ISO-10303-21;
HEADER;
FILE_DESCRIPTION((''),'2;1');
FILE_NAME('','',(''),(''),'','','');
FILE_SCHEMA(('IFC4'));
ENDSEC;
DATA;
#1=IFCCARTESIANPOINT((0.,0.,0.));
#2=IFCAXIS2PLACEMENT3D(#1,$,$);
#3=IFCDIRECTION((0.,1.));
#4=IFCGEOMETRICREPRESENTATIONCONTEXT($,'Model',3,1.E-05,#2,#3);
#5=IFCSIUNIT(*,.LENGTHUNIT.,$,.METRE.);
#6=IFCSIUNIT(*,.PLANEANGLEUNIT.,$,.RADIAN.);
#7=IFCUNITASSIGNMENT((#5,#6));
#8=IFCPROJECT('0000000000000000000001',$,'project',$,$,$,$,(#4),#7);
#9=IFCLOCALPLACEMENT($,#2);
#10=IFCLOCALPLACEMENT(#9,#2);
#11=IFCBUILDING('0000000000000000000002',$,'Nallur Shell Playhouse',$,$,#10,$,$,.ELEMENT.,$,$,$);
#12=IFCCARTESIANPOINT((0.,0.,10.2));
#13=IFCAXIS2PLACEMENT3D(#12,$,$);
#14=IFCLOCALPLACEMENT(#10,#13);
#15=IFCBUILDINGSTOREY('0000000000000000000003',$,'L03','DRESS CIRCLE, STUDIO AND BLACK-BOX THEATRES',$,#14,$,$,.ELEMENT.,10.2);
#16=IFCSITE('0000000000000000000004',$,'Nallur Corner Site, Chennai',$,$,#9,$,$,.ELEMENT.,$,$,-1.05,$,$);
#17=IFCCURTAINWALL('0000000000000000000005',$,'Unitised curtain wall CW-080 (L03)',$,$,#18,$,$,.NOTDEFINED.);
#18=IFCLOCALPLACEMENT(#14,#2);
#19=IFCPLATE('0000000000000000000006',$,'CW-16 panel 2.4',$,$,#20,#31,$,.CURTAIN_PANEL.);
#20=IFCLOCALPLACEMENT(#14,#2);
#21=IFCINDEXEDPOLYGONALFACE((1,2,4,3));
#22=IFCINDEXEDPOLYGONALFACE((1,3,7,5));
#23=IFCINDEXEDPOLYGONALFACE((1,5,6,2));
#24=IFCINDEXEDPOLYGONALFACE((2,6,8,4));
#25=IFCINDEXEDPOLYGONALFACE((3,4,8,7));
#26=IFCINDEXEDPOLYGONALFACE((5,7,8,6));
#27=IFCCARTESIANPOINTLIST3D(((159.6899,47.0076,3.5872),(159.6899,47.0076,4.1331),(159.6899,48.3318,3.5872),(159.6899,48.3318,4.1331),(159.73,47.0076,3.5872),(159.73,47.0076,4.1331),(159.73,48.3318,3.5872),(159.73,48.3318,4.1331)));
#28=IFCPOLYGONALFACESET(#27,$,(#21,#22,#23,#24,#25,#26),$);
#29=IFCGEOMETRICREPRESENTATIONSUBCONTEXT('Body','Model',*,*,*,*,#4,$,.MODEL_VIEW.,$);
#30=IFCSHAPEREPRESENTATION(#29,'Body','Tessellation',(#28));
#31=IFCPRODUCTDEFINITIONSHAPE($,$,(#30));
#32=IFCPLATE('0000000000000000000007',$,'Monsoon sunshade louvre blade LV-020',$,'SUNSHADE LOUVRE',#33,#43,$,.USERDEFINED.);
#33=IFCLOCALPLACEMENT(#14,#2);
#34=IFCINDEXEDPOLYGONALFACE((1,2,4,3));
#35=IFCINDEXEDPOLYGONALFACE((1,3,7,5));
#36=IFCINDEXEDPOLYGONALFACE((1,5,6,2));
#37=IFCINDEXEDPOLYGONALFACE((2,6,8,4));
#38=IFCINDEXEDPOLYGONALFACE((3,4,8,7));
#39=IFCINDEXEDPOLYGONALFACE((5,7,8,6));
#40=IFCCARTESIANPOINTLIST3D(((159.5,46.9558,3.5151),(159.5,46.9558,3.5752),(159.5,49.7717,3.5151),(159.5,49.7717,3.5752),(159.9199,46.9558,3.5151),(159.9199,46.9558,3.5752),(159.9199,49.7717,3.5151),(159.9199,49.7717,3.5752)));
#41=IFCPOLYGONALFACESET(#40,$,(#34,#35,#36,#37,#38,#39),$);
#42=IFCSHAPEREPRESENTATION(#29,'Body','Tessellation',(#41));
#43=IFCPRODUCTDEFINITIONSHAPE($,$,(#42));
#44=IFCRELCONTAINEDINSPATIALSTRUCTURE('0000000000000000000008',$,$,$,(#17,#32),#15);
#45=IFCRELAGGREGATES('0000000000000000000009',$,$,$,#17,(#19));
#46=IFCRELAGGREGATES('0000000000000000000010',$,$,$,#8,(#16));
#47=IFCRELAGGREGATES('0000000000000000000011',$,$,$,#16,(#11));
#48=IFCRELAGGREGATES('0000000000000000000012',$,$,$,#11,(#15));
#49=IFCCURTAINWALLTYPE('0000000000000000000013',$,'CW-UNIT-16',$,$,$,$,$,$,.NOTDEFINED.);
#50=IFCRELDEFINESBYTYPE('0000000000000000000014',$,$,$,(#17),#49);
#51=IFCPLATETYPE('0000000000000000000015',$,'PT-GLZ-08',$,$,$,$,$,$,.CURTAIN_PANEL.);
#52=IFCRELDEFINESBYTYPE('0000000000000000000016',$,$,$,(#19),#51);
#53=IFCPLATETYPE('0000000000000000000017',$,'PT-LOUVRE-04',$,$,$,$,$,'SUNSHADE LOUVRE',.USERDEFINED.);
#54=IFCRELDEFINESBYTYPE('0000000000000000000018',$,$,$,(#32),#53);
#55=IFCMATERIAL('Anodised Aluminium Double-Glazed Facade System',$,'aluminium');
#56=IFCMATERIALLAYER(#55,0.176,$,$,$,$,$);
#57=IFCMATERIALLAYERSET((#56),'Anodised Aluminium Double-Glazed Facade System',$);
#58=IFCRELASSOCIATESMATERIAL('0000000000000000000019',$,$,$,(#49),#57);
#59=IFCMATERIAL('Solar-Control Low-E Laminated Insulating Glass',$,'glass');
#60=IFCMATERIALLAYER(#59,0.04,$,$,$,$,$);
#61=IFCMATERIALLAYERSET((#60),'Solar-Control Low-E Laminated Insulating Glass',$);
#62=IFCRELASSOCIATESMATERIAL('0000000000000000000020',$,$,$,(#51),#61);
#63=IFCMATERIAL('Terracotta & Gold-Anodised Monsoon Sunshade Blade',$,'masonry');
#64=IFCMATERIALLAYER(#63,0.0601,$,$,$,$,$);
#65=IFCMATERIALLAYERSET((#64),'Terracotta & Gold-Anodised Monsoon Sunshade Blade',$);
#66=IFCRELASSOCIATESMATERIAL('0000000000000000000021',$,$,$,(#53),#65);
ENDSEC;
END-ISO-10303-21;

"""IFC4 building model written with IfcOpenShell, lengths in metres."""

from ifc_helpers import new_model, si_unit, direction, frame, origin, origin_2d, place, context, subcontext, project, spatial, rectangle, extrude, material, layer, layer_set, type_object, element, aggregate, save


model = new_model("IFC4")

# Units and contexts
model_context = context("Model", 3, precision=1e-05, world=origin(), true_north=direction((0.0, 1.0)))
body_context = subcontext(model_context, "Body", "Model", "MODEL_VIEW")
ifc_project = project(units=[si_unit("LENGTHUNIT", "METRE"), si_unit("PLANEANGLEUNIT", "RADIAN")], contexts=[model_context])

# Site, building, storey
site_placement = place(None, origin())
site = spatial("IfcSite", under=ifc_project, at=site_placement, Name="Nallur Corner Site, Chennai", CompositionType="ELEMENT", RefElevation=-1.05)
building_placement = place(site_placement, origin())
building = spatial("IfcBuilding", under=site, at=building_placement, Name="Nallur Shell Playhouse", CompositionType="ELEMENT")
storey_placement = place(building_placement, frame((0.0, 0.0, 10.2)))
storey = spatial("IfcBuildingStorey", under=building, at=storey_placement, Name="L03", Description="DRESS CIRCLE, STUDIO AND BLACK-BOX THEATRES", CompositionType="ELEMENT", Elevation=10.2)

# Curtain wall
ifc_material_1 = material(Name="Anodised Aluminium Double-Glazed Facade System", Category="aluminium")
ifc_layer_1 = layer(ifc_material_1, 0.176)
ifc_layer_set_1 = layer_set([ifc_layer_1], Name="Anodised Aluminium Double-Glazed Facade System")
curtain_wall_type_1 = type_object("IfcCurtainWallType", Name="CW-UNIT-16", PredefinedType="NOTDEFINED", material=ifc_layer_set_1)
curtain_wall_1_placement = place(storey_placement, origin())
curtain_wall_1 = element("IfcCurtainWall", 1, at=curtain_wall_1_placement, inside=storey, type_object=curtain_wall_type_1, Name="Unitised curtain wall CW-080 (L03)", PredefinedType="NOTDEFINED")

# Plates
ifc_material_2 = material(Name="Solar-Control Low-E Laminated Insulating Glass", Category="glass")
ifc_layer_2 = layer(ifc_material_2, 0.04)
ifc_layer_set_2 = layer_set([ifc_layer_2], Name="Solar-Control Low-E Laminated Insulating Glass")
plate_type_1 = type_object("IfcPlateType", Name="PT-GLZ-08", PredefinedType="CURTAIN_PANEL", material=ifc_layer_set_2)
plate_1_placement = place(storey_placement, frame((159.71, 47.6697, 3.5872), z_axis=(0.0, 0.0, 1.0), x_axis=(0.0, -1.0, 0.0)))
plate_1 = element("IfcPlate", 2, at=plate_1_placement, type_object=plate_type_1, Name="CW-16 panel 2.4", PredefinedType="CURTAIN_PANEL", context=body_context, shape_type="SweptSolid", body=[
    extrude(rectangle(XDim=1.3242, YDim=0.04, at=origin_2d()), origin(), (0.0, 0.0, 1.0), 0.5459),
])
aggregate(curtain_wall_1, [plate_1])
ifc_material_3 = material(Name="Terracotta & Gold-Anodised Monsoon Sunshade Blade", Category="masonry")
ifc_layer_3 = layer(ifc_material_3, 0.0601)
ifc_layer_set_3 = layer_set([ifc_layer_3], Name="Terracotta & Gold-Anodised Monsoon Sunshade Blade")
plate_type_2 = type_object("IfcPlateType", Name="PT-LOUVRE-04", ElementType="SUNSHADE LOUVRE", PredefinedType="USERDEFINED", material=ifc_layer_set_3)
plate_2_placement = place(storey_placement, frame((159.71, 48.3638, 3.5151), z_axis=(0.0, 0.0, 1.0), x_axis=(0.0, -1.0, 0.0)))
element("IfcPlate", 3, at=plate_2_placement, inside=storey, type_object=plate_type_2, Name="Monsoon sunshade louvre blade LV-020", ObjectType="SUNSHADE LOUVRE", PredefinedType="USERDEFINED", context=body_context, shape_type="SweptSolid", body=[
    extrude(rectangle(XDim=2.8159, YDim=0.4199, at=origin_2d()), origin(), (0.0, 0.0, 1.0), 0.0601),
])

save(model, "model.ifc")
